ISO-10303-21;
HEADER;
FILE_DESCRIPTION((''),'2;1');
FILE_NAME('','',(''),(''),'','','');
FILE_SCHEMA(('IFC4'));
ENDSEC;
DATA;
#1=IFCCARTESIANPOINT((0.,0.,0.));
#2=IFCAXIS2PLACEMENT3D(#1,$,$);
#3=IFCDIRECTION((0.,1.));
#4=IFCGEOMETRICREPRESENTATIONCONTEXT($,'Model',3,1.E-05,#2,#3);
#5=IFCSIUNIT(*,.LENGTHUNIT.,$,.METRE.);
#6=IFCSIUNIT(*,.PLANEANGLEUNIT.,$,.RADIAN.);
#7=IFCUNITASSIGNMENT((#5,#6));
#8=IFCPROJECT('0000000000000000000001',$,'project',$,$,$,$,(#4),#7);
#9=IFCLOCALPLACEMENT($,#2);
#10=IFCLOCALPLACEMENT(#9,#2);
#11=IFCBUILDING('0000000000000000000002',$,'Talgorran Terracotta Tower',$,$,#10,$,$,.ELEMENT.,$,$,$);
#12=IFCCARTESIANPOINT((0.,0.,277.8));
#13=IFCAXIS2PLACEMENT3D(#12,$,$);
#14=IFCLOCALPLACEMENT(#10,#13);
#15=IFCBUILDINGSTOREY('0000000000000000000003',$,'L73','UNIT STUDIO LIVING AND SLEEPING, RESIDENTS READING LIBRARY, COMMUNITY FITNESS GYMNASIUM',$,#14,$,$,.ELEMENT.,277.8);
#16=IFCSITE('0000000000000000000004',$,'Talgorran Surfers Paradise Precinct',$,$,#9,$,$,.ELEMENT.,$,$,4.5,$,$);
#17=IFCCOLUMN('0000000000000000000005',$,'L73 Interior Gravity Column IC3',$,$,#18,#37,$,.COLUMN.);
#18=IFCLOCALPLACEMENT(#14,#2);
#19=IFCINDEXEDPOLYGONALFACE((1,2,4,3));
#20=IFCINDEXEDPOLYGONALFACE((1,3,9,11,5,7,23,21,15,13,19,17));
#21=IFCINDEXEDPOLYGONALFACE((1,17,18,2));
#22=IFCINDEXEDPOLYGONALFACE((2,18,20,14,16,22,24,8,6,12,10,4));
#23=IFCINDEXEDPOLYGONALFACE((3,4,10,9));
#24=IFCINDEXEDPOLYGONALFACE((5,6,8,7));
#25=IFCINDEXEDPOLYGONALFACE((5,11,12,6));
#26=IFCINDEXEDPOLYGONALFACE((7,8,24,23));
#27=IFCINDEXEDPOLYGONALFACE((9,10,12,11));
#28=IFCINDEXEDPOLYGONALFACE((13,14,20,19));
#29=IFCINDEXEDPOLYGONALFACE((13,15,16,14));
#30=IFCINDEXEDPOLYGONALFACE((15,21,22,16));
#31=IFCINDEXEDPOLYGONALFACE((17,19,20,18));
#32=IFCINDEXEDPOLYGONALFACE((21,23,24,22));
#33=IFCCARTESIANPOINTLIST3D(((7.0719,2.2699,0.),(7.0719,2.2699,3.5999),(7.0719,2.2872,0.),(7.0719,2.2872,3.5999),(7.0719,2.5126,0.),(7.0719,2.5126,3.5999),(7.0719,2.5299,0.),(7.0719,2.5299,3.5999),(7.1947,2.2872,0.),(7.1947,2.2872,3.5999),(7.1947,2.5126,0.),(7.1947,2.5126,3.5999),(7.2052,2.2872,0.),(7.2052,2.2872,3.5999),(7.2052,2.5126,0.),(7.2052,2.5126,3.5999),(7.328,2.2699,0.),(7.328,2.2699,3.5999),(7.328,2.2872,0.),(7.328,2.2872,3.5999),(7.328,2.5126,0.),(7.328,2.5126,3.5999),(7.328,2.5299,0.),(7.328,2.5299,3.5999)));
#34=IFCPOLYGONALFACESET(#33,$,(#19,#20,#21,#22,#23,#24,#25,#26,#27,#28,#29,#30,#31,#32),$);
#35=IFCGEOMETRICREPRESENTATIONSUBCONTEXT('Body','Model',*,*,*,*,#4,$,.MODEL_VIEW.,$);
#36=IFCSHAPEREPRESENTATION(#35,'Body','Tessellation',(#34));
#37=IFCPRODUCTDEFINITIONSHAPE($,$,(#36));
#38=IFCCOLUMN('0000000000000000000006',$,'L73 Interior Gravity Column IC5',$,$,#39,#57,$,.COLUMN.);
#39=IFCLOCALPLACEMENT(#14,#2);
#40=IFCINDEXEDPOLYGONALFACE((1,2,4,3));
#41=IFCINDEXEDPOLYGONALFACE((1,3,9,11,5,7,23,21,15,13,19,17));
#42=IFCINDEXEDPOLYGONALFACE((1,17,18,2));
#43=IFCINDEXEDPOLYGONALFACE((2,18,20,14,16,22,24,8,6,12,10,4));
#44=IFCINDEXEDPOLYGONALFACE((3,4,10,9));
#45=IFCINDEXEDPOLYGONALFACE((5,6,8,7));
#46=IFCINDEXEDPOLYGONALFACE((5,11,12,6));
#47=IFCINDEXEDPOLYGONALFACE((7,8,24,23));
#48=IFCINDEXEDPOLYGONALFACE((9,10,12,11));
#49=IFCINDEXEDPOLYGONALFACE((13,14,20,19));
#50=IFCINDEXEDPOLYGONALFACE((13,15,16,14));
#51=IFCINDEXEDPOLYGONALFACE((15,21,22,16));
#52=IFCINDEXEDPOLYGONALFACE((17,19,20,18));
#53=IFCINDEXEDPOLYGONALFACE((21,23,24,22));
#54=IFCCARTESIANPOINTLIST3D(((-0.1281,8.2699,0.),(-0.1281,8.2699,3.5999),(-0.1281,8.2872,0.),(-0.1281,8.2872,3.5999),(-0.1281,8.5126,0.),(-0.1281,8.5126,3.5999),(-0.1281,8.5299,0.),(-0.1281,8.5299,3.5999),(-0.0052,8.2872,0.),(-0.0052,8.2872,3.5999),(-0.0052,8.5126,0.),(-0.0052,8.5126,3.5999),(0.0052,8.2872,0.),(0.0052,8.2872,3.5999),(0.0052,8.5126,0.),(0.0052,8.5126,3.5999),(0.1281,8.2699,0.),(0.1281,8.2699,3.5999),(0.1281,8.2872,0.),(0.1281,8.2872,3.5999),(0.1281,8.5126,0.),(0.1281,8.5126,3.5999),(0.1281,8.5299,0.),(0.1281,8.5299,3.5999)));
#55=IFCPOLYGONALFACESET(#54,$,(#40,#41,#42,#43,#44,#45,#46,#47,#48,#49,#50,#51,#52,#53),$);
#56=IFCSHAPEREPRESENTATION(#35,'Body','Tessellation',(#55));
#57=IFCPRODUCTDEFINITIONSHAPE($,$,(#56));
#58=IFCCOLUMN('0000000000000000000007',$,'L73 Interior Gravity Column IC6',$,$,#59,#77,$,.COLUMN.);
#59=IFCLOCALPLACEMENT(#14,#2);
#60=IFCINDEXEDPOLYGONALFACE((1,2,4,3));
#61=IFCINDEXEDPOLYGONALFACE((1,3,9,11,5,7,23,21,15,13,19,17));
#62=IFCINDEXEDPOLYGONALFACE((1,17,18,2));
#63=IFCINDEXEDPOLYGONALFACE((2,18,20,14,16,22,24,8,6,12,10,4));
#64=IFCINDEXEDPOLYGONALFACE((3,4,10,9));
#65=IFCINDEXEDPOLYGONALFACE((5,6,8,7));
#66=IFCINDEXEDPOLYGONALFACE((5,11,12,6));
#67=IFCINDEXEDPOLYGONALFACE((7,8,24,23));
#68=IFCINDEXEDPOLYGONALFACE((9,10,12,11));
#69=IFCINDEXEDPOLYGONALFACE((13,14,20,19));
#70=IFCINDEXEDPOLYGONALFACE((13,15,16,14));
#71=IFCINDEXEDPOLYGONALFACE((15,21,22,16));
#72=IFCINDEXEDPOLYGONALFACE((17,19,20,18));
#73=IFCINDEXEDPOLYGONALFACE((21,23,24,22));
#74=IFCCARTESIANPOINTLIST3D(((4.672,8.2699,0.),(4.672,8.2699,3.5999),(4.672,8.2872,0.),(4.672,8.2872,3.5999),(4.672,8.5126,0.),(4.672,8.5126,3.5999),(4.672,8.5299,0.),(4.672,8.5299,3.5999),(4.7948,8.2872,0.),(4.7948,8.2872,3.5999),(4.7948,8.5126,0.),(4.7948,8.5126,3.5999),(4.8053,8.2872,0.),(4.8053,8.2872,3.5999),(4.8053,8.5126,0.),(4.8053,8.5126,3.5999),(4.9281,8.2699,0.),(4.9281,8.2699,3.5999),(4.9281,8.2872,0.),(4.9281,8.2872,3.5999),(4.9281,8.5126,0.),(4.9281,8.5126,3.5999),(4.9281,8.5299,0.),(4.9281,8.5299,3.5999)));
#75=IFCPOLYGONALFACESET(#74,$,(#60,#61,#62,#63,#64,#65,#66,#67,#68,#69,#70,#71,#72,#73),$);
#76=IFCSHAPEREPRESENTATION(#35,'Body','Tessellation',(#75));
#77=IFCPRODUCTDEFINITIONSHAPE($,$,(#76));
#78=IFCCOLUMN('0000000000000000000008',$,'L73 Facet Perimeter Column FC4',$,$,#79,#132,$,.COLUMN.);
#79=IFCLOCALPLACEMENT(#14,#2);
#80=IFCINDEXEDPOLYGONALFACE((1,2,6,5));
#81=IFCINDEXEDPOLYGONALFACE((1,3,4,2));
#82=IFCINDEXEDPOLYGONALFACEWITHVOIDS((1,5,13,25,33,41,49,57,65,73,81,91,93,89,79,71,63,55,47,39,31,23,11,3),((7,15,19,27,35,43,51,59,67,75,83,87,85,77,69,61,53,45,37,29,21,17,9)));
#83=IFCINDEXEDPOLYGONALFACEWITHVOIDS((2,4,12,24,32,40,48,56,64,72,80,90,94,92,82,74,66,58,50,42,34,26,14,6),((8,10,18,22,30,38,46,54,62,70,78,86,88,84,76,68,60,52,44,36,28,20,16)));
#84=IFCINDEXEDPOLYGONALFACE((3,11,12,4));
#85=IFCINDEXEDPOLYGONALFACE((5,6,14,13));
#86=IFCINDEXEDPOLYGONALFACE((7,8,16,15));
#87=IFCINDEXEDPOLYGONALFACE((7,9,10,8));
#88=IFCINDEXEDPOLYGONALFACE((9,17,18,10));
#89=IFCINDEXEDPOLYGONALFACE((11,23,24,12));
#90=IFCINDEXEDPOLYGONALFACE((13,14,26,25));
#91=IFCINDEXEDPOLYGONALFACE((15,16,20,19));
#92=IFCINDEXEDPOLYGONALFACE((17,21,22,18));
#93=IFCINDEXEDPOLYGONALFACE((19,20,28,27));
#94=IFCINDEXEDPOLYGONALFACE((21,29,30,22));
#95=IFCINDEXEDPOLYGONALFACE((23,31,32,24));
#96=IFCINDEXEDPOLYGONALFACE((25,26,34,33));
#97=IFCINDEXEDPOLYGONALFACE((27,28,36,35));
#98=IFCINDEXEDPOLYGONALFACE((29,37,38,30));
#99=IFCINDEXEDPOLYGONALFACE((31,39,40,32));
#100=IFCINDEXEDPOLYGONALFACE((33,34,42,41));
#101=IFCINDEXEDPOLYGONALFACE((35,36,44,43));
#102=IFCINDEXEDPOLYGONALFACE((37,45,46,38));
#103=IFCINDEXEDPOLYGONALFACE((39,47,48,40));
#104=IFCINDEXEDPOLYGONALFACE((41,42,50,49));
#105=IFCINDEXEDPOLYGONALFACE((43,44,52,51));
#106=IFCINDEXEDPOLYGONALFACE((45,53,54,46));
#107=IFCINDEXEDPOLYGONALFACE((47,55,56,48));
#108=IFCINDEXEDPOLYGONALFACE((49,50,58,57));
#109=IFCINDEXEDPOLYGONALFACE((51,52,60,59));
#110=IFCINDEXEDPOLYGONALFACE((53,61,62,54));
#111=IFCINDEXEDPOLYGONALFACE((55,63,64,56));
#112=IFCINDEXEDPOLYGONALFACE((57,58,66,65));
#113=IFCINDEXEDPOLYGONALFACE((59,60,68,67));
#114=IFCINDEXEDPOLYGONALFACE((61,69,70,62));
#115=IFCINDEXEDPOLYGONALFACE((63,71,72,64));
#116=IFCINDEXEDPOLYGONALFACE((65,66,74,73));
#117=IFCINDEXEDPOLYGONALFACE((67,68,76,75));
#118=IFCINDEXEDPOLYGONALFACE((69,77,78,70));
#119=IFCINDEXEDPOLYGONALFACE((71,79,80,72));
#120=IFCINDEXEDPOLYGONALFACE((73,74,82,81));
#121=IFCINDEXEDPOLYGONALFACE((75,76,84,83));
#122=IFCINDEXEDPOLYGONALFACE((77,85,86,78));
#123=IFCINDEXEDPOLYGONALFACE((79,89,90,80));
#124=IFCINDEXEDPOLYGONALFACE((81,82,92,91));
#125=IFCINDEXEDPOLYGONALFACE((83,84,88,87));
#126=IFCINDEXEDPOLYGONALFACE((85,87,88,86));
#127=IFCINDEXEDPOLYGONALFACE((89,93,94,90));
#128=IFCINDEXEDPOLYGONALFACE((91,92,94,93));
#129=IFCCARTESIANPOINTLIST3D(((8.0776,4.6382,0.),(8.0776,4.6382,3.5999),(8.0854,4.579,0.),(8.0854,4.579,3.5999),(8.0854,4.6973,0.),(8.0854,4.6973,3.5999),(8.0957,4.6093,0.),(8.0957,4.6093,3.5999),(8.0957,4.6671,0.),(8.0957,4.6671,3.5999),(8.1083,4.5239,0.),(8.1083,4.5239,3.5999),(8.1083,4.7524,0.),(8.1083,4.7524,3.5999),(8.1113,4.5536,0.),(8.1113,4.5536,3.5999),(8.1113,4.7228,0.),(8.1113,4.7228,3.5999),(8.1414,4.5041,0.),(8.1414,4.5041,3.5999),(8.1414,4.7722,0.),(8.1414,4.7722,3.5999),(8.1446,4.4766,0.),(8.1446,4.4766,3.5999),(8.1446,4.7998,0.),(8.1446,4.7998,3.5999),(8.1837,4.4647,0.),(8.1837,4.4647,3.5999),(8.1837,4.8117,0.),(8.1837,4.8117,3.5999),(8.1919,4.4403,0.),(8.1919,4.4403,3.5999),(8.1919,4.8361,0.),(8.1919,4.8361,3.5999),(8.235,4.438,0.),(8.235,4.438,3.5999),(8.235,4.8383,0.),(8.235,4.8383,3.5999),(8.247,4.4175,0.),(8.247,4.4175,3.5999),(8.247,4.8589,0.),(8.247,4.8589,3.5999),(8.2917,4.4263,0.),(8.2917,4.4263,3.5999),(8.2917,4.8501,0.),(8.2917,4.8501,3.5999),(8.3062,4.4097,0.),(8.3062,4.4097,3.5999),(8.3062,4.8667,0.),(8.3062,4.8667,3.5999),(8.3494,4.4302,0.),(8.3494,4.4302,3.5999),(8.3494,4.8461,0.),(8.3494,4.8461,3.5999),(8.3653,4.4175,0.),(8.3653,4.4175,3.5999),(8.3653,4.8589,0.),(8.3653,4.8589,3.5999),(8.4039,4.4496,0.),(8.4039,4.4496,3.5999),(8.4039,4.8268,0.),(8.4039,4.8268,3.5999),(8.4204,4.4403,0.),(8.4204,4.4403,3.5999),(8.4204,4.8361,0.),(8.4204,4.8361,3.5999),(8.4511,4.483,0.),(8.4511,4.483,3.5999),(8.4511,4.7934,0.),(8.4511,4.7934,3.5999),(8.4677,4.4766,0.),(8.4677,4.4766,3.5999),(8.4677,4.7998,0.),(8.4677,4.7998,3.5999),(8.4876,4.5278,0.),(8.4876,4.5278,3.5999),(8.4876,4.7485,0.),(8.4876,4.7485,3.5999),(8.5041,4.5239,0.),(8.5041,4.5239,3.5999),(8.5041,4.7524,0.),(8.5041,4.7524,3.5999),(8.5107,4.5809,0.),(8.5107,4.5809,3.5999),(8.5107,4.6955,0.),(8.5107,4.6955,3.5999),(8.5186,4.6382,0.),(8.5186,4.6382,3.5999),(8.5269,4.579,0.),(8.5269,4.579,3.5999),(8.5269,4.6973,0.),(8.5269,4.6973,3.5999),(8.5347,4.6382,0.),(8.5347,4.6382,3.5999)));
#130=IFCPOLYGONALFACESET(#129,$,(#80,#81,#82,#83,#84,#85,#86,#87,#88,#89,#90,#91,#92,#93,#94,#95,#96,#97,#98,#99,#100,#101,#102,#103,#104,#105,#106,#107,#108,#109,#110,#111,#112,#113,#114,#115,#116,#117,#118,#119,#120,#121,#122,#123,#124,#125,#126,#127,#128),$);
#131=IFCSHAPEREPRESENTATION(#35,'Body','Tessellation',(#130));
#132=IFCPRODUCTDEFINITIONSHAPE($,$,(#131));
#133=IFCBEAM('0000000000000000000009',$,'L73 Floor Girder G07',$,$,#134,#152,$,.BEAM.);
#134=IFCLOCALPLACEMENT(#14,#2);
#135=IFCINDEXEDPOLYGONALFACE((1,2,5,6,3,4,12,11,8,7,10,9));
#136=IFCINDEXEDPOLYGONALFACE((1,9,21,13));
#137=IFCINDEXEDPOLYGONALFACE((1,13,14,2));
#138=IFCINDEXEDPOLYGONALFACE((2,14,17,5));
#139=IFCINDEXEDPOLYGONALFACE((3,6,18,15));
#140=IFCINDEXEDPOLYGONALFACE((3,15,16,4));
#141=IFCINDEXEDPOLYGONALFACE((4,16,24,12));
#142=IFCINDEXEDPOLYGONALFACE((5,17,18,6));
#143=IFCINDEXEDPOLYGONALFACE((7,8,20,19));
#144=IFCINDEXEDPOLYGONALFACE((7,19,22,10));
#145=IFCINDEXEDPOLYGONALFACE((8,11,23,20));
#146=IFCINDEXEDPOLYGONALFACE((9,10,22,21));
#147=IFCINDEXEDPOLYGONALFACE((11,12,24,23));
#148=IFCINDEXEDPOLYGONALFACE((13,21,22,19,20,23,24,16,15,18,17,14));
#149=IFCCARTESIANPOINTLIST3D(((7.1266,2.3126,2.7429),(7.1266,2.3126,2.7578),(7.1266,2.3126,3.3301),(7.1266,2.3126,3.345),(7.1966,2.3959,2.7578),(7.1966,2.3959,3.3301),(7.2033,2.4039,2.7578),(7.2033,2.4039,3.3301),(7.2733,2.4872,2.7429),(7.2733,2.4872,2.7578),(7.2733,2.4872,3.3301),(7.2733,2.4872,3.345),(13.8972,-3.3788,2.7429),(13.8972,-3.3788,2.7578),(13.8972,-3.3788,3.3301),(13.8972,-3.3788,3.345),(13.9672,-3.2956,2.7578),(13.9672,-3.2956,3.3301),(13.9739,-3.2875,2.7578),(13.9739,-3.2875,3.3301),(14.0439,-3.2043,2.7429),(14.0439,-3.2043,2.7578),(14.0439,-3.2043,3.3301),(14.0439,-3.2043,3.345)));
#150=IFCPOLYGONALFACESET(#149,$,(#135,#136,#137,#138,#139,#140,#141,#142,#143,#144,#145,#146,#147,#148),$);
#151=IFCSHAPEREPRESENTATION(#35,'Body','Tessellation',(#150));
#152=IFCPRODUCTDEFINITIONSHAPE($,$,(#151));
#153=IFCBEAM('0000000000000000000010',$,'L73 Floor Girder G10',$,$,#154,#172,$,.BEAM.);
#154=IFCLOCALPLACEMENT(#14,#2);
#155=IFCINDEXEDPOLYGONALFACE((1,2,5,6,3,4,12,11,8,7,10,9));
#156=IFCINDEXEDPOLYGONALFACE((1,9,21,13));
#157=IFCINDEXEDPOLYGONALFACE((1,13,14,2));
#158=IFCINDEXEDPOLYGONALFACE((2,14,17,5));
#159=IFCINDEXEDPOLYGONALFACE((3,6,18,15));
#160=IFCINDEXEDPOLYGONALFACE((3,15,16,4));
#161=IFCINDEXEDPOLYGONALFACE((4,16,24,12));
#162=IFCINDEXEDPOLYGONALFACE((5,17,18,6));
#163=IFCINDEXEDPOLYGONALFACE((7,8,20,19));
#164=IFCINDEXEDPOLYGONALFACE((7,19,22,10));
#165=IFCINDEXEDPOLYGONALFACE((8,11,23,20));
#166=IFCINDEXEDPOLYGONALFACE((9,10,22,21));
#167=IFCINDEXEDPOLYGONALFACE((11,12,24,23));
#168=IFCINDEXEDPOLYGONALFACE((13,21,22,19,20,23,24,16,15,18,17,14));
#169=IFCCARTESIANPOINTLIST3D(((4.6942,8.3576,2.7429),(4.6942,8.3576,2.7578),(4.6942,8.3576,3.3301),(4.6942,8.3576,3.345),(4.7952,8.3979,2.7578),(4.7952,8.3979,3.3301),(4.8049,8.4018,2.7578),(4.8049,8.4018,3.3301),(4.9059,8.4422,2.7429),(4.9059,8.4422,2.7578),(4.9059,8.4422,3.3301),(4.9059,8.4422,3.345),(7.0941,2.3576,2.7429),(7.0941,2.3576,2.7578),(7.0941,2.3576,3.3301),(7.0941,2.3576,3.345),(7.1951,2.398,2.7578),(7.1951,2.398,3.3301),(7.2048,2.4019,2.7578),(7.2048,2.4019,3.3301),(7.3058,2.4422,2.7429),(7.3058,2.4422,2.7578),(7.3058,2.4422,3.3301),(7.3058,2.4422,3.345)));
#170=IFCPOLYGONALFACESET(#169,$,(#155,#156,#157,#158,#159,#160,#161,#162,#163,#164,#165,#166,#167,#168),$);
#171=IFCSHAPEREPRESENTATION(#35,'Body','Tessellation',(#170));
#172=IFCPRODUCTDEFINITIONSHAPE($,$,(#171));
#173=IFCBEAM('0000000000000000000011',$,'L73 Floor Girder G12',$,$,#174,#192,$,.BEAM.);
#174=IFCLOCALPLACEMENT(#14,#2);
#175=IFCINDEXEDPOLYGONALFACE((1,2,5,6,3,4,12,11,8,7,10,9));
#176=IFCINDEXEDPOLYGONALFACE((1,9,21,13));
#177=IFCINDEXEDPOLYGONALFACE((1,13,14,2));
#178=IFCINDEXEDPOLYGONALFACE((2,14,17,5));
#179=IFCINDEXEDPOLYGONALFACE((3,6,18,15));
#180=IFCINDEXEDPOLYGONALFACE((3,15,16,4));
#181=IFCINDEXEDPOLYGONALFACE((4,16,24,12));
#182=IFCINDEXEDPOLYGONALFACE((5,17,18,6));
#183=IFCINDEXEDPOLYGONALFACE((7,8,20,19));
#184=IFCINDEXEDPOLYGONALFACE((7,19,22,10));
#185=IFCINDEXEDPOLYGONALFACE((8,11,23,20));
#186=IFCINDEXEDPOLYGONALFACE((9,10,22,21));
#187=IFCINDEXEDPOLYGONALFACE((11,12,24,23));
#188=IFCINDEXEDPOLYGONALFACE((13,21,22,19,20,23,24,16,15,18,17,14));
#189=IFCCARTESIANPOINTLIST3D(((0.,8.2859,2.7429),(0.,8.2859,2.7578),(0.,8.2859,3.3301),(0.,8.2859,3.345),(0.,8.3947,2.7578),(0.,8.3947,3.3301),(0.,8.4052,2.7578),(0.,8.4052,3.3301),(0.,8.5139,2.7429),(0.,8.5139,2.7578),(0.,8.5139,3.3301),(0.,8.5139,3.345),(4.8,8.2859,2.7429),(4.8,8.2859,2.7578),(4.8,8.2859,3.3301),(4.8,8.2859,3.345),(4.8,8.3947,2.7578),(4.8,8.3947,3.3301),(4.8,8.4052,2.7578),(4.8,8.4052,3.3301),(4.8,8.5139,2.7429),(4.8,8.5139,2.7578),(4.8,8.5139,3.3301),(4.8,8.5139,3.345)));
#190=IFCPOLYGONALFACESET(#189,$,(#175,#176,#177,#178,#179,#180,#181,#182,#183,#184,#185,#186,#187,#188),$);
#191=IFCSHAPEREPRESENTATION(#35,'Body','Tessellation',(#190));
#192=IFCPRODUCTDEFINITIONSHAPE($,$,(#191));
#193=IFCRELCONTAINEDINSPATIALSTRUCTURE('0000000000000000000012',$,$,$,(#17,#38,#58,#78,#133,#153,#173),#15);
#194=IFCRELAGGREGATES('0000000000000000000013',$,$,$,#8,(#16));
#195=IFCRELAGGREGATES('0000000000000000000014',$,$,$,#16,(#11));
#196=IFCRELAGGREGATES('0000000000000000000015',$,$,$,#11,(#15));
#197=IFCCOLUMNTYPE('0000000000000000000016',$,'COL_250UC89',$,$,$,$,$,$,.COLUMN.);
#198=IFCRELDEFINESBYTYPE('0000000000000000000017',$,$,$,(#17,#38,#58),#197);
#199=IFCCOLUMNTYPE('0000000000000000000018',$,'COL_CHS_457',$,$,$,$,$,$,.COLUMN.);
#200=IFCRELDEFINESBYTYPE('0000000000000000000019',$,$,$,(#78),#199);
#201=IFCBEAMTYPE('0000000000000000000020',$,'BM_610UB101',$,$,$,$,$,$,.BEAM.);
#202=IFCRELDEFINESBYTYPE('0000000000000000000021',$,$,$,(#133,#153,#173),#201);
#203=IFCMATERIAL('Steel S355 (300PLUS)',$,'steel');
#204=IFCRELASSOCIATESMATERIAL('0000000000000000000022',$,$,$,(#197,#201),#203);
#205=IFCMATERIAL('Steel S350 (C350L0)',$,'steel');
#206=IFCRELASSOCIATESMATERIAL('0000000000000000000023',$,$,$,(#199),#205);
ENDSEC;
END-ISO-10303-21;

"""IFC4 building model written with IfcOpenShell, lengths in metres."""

from ifc_helpers import new_model, si_unit, direction, frame, origin, origin_2d, place, context, subcontext, project, spatial, hollow_circle, i_section, extrude, material, material_profile, profile_set, type_object, element, save


model = new_model("IFC4")

# Units and contexts
model_context = context("Model", 3, precision=1e-05, world=origin(), true_north=direction((0.0, 1.0)))
body_context = subcontext(model_context, "Body", "Model", "MODEL_VIEW")
ifc_project = project(units=[si_unit("LENGTHUNIT", "METRE"), si_unit("PLANEANGLEUNIT", "RADIAN")], contexts=[model_context])

# Site, building, storey
site_placement = place(None, origin())
site = spatial("IfcSite", under=ifc_project, at=site_placement, Name="Talgorran Surfers Paradise Precinct", CompositionType="ELEMENT", RefElevation=4.5)
building_placement = place(site_placement, origin())
building = spatial("IfcBuilding", under=site, at=building_placement, Name="Talgorran Terracotta Tower", CompositionType="ELEMENT")
storey_placement = place(building_placement, frame((0.0, 0.0, 277.8)))
storey = spatial("IfcBuildingStorey", under=building, at=storey_placement, Name="L73", Description="UNIT STUDIO LIVING AND SLEEPING, RESIDENTS READING LIBRARY, COMMUNITY FITNESS GYMNASIUM", CompositionType="ELEMENT", Elevation=277.8)

# Columns
ifc_material_1 = material(Name="Steel S355 (300PLUS)", Category="steel")
ifc_material_profile_1 = material_profile(ifc_material_1, i_section(OverallWidth=0.2561, OverallDepth=0.26, WebThickness=0.0105, FlangeThickness=0.0173, at=origin_2d()), Name="250UC89.5")
ifc_profile_set_1 = profile_set([ifc_material_profile_1], Name="Steel S355 (300PLUS)")
column_type_1 = type_object("IfcColumnType", Name="COL_250UC89", PredefinedType="COLUMN", material=ifc_profile_set_1)
for number, where, z_axis, x_axis, name in (
    (1, (7.2, 2.3999, 0.0), (0.0, 0.0, 1.0), (1.0, 0.0, 0.0), "L73 Interior Gravity Column IC3"),
    (2, (0.0, 8.3999, 0.0), (0.0, 0.0, 1.0), (1.0, 0.0, 0.0), "L73 Interior Gravity Column IC5"),
    (3, (4.8, 8.3999, 0.0), (0.0, 0.0, 1.0), (1.0, 0.0, 0.0), "L73 Interior Gravity Column IC6"),
):
    element("IfcColumn", number, at=place(storey_placement, frame(where, z_axis=z_axis, x_axis=x_axis)), inside=storey, type_object=column_type_1, Name=name, PredefinedType="COLUMN", context=body_context, shape_type="SweptSolid", body=[
        extrude(i_section(OverallWidth=0.2561, OverallDepth=0.26, WebThickness=0.0105, FlangeThickness=0.0173, at=origin_2d()), origin(), (0.0, 0.0, 1.0), 3.5999),
    ])
ifc_material_2 = material(Name="Steel S350 (C350L0)", Category="steel")
ifc_material_profile_2 = material_profile(ifc_material_2, hollow_circle(Radius=0.2285, WallThickness=0.0161, at=origin_2d()), Name="CHS457X16")
ifc_profile_set_2 = profile_set([ifc_material_profile_2], Name="Steel S350 (C350L0)")
column_type_2 = type_object("IfcColumnType", Name="COL_CHS_457", PredefinedType="COLUMN", material=ifc_profile_set_2)
column_placement = place(storey_placement, frame((8.3062, 4.6382, 0.0), z_axis=(0.0, 0.0, 1.0), x_axis=(1.0, 0.0, 0.0)))
element("IfcColumn", 4, at=column_placement, inside=storey, type_object=column_type_2, Name="L73 Facet Perimeter Column FC4", PredefinedType="COLUMN", context=body_context, shape_type="SweptSolid", body=[
    extrude(hollow_circle(Radius=0.2285, WallThickness=0.0161, at=origin_2d()), origin(), (0.0, 0.0, 1.0), 3.5999),
])

# Beams
ifc_material_profile_3 = material_profile(ifc_material_1, i_section(OverallWidth=0.228, OverallDepth=0.6021, WebThickness=0.0105, FlangeThickness=0.0149, at=origin_2d()), Name="610UB101")
ifc_profile_set_3 = profile_set([ifc_material_profile_3], Name="Steel S355 (300PLUS)")
beam_type_1 = type_object("IfcBeamType", Name="BM_610UB101", PredefinedType="BEAM", material=ifc_profile_set_3)
beam_1_placement = place(storey_placement, frame((7.2, 2.3999, 3.0439), z_axis=(0.765472, -0.643469, 0.0), x_axis=(0.643469, 0.765472, 0.0)))
element("IfcBeam", 5, at=beam_1_placement, inside=storey, type_object=beam_type_1, Name="L73 Floor Girder G07", PredefinedType="BEAM", context=body_context, shape_type="SweptSolid", body=[
    extrude(i_section(OverallWidth=0.228, OverallDepth=0.6021, WebThickness=0.0105, FlangeThickness=0.0149, at=origin_2d()), origin(), (0.0, 0.0, 1.0), 8.845),
])
beam_2_placement = place(storey_placement, frame((7.2, 2.3999, 3.0439), z_axis=(-0.371378, 0.928482, 0.0), x_axis=(-0.928482, -0.371378, 0.0)))
element("IfcBeam", 6, at=beam_2_placement, inside=storey, type_object=beam_type_1, Name="L73 Floor Girder G10", PredefinedType="BEAM", context=body_context, shape_type="SweptSolid", body=[
    extrude(i_section(OverallWidth=0.228, OverallDepth=0.6021, WebThickness=0.0105, FlangeThickness=0.0149, at=origin_2d()), origin(), (0.0, 0.0, 1.0), 6.4622),
])
beam_3_placement = place(storey_placement, frame((0.0, 8.3999, 3.0439), z_axis=(1.0, 0.0, 0.0), x_axis=(0.0, 1.0, 0.0)))
element("IfcBeam", 7, at=beam_3_placement, inside=storey, type_object=beam_type_1, Name="L73 Floor Girder G12", PredefinedType="BEAM", context=body_context, shape_type="SweptSolid", body=[
    extrude(i_section(OverallWidth=0.228, OverallDepth=0.6021, WebThickness=0.0105, FlangeThickness=0.0149, at=origin_2d()), origin(), (0.0, 0.0, 1.0), 4.8),
])

save(model, "model.ifc")
